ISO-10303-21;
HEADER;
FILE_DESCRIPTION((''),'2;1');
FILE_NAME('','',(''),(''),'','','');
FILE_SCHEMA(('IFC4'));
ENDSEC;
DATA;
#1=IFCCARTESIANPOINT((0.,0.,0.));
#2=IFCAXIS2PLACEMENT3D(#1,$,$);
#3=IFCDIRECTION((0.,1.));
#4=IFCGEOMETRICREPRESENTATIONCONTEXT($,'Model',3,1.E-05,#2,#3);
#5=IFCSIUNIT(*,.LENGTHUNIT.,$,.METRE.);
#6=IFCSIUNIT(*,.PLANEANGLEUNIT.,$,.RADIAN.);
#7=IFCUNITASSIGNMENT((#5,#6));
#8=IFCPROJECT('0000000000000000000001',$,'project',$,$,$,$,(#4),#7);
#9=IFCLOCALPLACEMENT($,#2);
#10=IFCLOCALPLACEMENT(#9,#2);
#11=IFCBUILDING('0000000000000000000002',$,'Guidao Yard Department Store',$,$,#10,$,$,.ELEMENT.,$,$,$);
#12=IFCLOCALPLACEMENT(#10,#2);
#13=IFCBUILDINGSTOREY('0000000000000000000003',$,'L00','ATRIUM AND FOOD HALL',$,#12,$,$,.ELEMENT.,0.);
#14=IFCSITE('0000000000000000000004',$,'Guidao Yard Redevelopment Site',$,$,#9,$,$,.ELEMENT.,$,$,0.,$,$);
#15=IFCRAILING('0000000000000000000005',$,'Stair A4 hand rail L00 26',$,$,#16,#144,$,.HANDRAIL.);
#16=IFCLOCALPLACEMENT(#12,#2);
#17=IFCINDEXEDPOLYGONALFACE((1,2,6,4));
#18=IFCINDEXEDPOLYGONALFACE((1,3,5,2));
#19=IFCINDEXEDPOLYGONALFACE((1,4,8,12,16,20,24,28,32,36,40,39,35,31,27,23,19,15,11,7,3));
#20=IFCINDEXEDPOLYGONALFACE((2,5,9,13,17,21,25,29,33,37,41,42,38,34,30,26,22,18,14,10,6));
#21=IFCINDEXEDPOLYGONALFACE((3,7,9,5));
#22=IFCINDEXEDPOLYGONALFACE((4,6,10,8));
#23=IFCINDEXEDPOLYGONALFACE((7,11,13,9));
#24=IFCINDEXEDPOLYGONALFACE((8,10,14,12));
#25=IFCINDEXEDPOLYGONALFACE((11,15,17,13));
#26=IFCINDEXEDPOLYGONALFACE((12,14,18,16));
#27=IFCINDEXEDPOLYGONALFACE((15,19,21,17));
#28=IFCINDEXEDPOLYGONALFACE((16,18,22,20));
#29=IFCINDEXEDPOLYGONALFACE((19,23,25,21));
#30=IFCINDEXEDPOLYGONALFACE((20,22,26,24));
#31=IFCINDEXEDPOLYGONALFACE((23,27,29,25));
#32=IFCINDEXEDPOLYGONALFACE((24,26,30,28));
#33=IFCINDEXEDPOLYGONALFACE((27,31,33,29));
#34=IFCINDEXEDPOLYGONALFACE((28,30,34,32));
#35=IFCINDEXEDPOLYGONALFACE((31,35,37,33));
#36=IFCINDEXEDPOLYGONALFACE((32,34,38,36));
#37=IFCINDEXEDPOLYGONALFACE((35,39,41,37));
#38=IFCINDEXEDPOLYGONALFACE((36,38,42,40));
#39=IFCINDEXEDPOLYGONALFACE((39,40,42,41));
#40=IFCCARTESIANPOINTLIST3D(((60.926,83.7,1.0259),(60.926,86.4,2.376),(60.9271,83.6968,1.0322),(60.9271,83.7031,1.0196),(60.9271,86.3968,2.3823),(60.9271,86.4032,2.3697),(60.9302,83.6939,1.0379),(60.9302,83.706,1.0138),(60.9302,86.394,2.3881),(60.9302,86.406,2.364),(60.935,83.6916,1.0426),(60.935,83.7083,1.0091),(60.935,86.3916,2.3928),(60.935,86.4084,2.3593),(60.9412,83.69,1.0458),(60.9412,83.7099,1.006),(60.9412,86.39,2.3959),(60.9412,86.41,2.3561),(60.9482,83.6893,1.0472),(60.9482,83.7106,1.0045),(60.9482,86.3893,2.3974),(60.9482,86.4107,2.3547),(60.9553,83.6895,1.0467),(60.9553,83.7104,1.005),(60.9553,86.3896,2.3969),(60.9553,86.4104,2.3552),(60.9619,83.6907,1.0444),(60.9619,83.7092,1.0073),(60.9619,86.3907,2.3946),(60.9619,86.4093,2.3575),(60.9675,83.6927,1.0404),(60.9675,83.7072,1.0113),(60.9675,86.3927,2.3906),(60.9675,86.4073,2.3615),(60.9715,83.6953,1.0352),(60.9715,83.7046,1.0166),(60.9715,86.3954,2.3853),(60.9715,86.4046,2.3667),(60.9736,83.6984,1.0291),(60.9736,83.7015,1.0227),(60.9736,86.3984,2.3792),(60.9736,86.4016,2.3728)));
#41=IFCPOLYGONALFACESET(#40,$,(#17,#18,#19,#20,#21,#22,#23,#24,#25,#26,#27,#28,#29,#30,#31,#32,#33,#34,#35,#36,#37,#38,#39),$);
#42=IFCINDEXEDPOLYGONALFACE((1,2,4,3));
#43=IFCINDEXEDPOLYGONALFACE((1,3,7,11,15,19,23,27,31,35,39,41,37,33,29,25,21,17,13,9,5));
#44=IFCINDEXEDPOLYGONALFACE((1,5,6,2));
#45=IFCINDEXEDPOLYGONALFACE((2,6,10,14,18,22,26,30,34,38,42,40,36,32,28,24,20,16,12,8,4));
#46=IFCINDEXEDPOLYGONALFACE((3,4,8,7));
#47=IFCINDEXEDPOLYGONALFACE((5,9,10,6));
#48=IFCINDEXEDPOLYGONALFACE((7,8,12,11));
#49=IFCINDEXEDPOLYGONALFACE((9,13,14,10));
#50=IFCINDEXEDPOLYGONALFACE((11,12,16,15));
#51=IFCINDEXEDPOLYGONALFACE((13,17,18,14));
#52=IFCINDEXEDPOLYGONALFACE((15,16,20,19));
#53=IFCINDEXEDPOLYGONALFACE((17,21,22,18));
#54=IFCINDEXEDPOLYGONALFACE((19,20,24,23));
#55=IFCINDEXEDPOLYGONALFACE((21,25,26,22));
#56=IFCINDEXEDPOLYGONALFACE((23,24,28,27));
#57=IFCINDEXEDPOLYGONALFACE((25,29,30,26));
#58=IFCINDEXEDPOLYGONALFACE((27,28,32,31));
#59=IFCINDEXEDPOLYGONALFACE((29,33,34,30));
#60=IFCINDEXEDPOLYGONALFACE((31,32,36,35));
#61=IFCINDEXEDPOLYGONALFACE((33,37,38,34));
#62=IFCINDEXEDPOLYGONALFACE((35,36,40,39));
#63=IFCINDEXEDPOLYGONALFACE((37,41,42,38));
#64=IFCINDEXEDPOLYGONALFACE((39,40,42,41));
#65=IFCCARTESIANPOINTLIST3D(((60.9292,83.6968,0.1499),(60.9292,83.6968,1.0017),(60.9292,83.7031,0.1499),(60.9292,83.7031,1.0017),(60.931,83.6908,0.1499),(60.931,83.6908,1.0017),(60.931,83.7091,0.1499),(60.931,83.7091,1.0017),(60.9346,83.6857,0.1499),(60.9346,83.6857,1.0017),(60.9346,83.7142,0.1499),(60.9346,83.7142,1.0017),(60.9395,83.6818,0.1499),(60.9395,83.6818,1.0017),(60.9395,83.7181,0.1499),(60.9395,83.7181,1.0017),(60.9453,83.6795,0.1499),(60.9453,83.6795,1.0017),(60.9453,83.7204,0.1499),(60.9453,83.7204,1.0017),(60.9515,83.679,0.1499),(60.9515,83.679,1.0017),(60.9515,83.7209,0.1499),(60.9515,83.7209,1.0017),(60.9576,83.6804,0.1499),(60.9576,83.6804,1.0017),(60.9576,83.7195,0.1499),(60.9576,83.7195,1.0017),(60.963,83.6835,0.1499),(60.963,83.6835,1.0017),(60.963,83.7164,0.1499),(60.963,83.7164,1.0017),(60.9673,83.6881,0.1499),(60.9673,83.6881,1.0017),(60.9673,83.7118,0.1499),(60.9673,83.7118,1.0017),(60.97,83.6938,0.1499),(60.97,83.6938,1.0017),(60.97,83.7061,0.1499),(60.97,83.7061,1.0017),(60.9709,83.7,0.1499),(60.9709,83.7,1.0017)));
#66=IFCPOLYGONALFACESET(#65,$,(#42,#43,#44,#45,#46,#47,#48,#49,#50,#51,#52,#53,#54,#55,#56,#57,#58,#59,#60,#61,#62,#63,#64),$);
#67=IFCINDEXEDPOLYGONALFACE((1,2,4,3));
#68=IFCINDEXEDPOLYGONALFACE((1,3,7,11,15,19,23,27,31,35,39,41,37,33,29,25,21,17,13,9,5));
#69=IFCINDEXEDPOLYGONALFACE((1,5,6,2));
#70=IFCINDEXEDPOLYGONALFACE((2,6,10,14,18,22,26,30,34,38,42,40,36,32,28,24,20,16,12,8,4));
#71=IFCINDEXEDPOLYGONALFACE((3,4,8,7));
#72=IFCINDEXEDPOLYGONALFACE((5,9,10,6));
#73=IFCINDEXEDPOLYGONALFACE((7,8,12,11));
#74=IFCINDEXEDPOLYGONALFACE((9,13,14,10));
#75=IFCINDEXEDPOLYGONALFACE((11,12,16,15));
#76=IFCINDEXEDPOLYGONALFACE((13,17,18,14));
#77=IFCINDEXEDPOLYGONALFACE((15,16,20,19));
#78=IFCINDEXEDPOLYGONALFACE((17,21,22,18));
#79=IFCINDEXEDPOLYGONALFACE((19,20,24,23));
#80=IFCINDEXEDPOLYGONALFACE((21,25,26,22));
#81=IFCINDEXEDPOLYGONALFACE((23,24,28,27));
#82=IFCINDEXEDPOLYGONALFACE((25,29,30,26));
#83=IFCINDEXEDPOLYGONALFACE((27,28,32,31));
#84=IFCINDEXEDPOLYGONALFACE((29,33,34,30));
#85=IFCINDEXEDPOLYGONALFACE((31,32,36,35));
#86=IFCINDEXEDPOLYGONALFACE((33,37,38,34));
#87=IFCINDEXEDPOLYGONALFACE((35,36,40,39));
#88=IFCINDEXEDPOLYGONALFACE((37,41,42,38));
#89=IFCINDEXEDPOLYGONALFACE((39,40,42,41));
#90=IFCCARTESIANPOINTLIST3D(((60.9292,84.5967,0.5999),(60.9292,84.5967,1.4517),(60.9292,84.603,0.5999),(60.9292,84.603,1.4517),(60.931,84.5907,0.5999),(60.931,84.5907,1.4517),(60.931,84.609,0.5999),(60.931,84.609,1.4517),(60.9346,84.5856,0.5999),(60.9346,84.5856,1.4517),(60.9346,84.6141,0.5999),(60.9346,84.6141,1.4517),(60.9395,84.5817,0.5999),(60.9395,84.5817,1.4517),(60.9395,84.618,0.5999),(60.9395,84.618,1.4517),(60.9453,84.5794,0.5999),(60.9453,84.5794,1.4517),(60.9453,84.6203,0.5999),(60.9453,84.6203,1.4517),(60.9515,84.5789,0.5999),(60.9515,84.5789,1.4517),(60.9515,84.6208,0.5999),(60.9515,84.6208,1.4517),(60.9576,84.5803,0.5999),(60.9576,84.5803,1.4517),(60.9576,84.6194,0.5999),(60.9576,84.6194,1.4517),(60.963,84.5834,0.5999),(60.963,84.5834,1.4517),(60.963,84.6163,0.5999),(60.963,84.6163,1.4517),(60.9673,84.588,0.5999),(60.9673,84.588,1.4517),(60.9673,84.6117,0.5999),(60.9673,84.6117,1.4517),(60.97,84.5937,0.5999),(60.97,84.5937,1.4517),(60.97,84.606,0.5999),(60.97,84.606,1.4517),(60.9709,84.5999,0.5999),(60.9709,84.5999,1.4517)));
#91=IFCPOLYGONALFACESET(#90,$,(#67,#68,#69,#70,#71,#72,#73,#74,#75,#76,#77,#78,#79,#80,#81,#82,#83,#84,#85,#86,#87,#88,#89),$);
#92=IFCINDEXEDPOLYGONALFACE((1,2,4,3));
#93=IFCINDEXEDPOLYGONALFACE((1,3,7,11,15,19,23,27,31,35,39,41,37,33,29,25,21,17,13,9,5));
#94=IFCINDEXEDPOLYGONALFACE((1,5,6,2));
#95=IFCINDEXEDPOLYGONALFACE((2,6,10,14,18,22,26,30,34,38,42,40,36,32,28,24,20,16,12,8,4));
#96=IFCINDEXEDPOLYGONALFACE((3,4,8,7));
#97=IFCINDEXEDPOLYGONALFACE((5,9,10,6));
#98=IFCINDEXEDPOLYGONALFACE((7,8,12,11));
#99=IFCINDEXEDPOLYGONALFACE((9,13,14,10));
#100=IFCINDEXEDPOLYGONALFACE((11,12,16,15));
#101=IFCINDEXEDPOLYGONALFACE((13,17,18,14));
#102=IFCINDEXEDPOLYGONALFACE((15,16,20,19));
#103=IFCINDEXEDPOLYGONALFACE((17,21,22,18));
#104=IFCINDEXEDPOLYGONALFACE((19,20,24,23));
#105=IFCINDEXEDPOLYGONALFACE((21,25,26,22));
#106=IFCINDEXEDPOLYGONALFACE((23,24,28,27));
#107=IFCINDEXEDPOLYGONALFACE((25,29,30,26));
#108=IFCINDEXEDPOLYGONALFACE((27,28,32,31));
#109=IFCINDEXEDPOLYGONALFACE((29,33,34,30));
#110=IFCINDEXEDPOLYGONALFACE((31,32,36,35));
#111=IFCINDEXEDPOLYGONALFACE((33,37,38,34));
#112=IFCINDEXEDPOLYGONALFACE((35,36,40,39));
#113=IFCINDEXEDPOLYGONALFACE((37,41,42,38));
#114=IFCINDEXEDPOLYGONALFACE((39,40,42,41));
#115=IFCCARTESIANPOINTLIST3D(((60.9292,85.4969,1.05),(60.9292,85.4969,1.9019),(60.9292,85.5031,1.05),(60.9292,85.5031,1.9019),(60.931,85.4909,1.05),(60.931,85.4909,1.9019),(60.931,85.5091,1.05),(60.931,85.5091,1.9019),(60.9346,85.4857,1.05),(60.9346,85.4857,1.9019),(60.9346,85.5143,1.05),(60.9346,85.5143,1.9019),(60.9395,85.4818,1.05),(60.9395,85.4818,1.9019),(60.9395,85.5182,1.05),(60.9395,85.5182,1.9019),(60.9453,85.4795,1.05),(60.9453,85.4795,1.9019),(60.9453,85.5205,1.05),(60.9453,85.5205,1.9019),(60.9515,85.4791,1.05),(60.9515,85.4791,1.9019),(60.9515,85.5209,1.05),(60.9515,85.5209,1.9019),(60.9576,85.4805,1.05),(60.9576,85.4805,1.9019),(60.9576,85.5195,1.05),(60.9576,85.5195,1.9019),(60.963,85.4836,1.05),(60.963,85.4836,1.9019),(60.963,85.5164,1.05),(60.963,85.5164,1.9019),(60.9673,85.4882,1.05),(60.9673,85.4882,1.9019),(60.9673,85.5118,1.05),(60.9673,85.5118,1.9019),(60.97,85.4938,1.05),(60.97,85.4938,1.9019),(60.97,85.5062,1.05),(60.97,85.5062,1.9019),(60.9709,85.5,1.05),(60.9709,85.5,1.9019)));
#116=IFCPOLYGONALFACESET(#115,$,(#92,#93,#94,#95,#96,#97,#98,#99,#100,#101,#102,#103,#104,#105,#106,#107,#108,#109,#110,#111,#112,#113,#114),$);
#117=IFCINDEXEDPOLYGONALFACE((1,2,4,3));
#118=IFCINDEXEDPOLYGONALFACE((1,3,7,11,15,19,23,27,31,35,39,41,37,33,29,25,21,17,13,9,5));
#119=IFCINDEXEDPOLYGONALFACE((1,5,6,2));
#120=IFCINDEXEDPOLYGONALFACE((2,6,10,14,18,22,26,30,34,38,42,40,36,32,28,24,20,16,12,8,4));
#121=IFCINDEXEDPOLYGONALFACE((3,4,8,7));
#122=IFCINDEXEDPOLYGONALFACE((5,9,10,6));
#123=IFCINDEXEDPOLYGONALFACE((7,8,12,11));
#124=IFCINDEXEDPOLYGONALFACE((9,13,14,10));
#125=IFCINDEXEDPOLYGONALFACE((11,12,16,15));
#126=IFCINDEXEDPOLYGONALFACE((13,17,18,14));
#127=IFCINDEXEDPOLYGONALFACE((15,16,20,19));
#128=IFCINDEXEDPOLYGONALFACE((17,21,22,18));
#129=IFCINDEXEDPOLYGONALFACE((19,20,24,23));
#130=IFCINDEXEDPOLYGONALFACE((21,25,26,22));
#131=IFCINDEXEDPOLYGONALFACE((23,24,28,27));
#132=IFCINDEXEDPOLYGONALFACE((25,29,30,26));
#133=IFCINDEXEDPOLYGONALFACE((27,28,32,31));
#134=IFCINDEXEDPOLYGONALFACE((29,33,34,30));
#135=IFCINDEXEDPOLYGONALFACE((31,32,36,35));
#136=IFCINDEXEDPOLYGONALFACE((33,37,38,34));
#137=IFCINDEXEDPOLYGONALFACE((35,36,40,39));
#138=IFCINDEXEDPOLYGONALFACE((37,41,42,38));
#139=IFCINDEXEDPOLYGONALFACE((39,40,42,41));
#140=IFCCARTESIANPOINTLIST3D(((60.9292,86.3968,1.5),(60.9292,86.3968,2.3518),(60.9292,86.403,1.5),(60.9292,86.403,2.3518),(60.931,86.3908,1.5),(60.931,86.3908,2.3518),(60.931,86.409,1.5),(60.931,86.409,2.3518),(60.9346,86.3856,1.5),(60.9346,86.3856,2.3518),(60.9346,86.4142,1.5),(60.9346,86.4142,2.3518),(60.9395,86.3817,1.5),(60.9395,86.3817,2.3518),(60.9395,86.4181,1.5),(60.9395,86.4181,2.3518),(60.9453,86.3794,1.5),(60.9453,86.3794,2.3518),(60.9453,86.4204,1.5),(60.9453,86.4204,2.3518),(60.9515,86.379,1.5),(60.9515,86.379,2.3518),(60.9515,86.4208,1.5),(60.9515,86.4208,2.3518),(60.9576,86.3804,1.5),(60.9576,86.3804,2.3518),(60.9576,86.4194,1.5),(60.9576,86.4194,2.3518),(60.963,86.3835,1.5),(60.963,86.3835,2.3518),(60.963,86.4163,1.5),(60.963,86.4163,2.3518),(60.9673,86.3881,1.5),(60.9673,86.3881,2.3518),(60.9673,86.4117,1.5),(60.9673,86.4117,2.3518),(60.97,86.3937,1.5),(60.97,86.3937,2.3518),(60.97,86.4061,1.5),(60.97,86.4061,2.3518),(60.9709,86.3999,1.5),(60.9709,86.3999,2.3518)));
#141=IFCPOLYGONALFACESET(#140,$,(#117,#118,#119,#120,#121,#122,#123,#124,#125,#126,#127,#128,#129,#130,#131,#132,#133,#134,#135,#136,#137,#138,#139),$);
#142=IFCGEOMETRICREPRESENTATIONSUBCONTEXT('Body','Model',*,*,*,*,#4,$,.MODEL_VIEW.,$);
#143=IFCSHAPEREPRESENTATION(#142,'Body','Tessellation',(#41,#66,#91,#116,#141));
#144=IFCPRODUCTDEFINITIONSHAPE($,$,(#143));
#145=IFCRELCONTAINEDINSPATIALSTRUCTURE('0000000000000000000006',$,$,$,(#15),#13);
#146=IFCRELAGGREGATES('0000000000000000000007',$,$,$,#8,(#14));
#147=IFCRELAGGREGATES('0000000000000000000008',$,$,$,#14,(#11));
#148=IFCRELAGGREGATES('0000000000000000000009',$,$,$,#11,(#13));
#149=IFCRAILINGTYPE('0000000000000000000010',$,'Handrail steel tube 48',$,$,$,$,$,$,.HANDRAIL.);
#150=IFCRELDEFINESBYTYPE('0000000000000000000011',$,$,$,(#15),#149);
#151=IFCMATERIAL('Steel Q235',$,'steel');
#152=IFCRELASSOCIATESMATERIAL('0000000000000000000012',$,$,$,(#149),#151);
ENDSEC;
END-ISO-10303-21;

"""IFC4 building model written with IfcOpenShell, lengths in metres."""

from ifc_helpers import new_model, si_unit, direction, frame, origin, origin_2d, place, context, subcontext, project, spatial, circle, extrude, material, type_object, element, save


model = new_model("IFC4")

# Units and contexts
model_context = context("Model", 3, precision=1e-05, world=origin(), true_north=direction((0.0, 1.0)))
body_context = subcontext(model_context, "Body", "Model", "MODEL_VIEW")
ifc_project = project(units=[si_unit("LENGTHUNIT", "METRE"), si_unit("PLANEANGLEUNIT", "RADIAN")], contexts=[model_context])

# Site, building, storey
site_placement = place(None, origin())
site = spatial("IfcSite", under=ifc_project, at=site_placement, Name="Guidao Yard Redevelopment Site", CompositionType="ELEMENT", RefElevation=0.0)
building_placement = place(site_placement, origin())
building = spatial("IfcBuilding", under=site, at=building_placement, Name="Guidao Yard Department Store", CompositionType="ELEMENT")
storey_placement = place(building_placement, origin())
storey = spatial("IfcBuildingStorey", under=building, at=storey_placement, Name="L00", Description="ATRIUM AND FOOD HALL", CompositionType="ELEMENT", Elevation=0.0)

# Railing
ifc_material_1 = material(Name="Steel Q235", Category="steel")
railing_type = type_object("IfcRailingType", Name="Handrail steel tube 48", PredefinedType="HANDRAIL", material=ifc_material_1)
for number, where, name in (
    (1, (60.95, 83.7, 0.1499), "Stair A4 hand rail L00 26"),
):
    element("IfcRailing", number, at=place(storey_placement, frame(where)), inside=storey, type_object=railing_type, Name=name, PredefinedType="HANDRAIL", context=body_context, shape_type="SweptSolid", body=[
        extrude(circle(Radius=0.0239, at=origin_2d()), frame((0.0, 0.0, 0.876), z_axis=(0.0, 0.894411, 0.447246), x_axis=(-1.0, 0.0, 0.0)), (0.0, 0.0, 1.0), 3.0188),
        extrude(circle(Radius=0.021, at=origin_2d()), origin(), (0.0, 0.0, 1.0), 0.8518),
        extrude(circle(Radius=0.021, at=origin_2d()), frame((0.0, 0.8999, 0.45)), (0.0, 0.0, 1.0), 0.8518),
        extrude(circle(Radius=0.021, at=origin_2d()), frame((0.0, 1.8, 0.9001)), (0.0, 0.0, 1.0), 0.8518),
        extrude(circle(Radius=0.021, at=origin_2d()), frame((0.0, 2.7, 1.3501)), (0.0, 0.0, 1.0), 0.8518),
    ])

save(model, "model.ifc")
